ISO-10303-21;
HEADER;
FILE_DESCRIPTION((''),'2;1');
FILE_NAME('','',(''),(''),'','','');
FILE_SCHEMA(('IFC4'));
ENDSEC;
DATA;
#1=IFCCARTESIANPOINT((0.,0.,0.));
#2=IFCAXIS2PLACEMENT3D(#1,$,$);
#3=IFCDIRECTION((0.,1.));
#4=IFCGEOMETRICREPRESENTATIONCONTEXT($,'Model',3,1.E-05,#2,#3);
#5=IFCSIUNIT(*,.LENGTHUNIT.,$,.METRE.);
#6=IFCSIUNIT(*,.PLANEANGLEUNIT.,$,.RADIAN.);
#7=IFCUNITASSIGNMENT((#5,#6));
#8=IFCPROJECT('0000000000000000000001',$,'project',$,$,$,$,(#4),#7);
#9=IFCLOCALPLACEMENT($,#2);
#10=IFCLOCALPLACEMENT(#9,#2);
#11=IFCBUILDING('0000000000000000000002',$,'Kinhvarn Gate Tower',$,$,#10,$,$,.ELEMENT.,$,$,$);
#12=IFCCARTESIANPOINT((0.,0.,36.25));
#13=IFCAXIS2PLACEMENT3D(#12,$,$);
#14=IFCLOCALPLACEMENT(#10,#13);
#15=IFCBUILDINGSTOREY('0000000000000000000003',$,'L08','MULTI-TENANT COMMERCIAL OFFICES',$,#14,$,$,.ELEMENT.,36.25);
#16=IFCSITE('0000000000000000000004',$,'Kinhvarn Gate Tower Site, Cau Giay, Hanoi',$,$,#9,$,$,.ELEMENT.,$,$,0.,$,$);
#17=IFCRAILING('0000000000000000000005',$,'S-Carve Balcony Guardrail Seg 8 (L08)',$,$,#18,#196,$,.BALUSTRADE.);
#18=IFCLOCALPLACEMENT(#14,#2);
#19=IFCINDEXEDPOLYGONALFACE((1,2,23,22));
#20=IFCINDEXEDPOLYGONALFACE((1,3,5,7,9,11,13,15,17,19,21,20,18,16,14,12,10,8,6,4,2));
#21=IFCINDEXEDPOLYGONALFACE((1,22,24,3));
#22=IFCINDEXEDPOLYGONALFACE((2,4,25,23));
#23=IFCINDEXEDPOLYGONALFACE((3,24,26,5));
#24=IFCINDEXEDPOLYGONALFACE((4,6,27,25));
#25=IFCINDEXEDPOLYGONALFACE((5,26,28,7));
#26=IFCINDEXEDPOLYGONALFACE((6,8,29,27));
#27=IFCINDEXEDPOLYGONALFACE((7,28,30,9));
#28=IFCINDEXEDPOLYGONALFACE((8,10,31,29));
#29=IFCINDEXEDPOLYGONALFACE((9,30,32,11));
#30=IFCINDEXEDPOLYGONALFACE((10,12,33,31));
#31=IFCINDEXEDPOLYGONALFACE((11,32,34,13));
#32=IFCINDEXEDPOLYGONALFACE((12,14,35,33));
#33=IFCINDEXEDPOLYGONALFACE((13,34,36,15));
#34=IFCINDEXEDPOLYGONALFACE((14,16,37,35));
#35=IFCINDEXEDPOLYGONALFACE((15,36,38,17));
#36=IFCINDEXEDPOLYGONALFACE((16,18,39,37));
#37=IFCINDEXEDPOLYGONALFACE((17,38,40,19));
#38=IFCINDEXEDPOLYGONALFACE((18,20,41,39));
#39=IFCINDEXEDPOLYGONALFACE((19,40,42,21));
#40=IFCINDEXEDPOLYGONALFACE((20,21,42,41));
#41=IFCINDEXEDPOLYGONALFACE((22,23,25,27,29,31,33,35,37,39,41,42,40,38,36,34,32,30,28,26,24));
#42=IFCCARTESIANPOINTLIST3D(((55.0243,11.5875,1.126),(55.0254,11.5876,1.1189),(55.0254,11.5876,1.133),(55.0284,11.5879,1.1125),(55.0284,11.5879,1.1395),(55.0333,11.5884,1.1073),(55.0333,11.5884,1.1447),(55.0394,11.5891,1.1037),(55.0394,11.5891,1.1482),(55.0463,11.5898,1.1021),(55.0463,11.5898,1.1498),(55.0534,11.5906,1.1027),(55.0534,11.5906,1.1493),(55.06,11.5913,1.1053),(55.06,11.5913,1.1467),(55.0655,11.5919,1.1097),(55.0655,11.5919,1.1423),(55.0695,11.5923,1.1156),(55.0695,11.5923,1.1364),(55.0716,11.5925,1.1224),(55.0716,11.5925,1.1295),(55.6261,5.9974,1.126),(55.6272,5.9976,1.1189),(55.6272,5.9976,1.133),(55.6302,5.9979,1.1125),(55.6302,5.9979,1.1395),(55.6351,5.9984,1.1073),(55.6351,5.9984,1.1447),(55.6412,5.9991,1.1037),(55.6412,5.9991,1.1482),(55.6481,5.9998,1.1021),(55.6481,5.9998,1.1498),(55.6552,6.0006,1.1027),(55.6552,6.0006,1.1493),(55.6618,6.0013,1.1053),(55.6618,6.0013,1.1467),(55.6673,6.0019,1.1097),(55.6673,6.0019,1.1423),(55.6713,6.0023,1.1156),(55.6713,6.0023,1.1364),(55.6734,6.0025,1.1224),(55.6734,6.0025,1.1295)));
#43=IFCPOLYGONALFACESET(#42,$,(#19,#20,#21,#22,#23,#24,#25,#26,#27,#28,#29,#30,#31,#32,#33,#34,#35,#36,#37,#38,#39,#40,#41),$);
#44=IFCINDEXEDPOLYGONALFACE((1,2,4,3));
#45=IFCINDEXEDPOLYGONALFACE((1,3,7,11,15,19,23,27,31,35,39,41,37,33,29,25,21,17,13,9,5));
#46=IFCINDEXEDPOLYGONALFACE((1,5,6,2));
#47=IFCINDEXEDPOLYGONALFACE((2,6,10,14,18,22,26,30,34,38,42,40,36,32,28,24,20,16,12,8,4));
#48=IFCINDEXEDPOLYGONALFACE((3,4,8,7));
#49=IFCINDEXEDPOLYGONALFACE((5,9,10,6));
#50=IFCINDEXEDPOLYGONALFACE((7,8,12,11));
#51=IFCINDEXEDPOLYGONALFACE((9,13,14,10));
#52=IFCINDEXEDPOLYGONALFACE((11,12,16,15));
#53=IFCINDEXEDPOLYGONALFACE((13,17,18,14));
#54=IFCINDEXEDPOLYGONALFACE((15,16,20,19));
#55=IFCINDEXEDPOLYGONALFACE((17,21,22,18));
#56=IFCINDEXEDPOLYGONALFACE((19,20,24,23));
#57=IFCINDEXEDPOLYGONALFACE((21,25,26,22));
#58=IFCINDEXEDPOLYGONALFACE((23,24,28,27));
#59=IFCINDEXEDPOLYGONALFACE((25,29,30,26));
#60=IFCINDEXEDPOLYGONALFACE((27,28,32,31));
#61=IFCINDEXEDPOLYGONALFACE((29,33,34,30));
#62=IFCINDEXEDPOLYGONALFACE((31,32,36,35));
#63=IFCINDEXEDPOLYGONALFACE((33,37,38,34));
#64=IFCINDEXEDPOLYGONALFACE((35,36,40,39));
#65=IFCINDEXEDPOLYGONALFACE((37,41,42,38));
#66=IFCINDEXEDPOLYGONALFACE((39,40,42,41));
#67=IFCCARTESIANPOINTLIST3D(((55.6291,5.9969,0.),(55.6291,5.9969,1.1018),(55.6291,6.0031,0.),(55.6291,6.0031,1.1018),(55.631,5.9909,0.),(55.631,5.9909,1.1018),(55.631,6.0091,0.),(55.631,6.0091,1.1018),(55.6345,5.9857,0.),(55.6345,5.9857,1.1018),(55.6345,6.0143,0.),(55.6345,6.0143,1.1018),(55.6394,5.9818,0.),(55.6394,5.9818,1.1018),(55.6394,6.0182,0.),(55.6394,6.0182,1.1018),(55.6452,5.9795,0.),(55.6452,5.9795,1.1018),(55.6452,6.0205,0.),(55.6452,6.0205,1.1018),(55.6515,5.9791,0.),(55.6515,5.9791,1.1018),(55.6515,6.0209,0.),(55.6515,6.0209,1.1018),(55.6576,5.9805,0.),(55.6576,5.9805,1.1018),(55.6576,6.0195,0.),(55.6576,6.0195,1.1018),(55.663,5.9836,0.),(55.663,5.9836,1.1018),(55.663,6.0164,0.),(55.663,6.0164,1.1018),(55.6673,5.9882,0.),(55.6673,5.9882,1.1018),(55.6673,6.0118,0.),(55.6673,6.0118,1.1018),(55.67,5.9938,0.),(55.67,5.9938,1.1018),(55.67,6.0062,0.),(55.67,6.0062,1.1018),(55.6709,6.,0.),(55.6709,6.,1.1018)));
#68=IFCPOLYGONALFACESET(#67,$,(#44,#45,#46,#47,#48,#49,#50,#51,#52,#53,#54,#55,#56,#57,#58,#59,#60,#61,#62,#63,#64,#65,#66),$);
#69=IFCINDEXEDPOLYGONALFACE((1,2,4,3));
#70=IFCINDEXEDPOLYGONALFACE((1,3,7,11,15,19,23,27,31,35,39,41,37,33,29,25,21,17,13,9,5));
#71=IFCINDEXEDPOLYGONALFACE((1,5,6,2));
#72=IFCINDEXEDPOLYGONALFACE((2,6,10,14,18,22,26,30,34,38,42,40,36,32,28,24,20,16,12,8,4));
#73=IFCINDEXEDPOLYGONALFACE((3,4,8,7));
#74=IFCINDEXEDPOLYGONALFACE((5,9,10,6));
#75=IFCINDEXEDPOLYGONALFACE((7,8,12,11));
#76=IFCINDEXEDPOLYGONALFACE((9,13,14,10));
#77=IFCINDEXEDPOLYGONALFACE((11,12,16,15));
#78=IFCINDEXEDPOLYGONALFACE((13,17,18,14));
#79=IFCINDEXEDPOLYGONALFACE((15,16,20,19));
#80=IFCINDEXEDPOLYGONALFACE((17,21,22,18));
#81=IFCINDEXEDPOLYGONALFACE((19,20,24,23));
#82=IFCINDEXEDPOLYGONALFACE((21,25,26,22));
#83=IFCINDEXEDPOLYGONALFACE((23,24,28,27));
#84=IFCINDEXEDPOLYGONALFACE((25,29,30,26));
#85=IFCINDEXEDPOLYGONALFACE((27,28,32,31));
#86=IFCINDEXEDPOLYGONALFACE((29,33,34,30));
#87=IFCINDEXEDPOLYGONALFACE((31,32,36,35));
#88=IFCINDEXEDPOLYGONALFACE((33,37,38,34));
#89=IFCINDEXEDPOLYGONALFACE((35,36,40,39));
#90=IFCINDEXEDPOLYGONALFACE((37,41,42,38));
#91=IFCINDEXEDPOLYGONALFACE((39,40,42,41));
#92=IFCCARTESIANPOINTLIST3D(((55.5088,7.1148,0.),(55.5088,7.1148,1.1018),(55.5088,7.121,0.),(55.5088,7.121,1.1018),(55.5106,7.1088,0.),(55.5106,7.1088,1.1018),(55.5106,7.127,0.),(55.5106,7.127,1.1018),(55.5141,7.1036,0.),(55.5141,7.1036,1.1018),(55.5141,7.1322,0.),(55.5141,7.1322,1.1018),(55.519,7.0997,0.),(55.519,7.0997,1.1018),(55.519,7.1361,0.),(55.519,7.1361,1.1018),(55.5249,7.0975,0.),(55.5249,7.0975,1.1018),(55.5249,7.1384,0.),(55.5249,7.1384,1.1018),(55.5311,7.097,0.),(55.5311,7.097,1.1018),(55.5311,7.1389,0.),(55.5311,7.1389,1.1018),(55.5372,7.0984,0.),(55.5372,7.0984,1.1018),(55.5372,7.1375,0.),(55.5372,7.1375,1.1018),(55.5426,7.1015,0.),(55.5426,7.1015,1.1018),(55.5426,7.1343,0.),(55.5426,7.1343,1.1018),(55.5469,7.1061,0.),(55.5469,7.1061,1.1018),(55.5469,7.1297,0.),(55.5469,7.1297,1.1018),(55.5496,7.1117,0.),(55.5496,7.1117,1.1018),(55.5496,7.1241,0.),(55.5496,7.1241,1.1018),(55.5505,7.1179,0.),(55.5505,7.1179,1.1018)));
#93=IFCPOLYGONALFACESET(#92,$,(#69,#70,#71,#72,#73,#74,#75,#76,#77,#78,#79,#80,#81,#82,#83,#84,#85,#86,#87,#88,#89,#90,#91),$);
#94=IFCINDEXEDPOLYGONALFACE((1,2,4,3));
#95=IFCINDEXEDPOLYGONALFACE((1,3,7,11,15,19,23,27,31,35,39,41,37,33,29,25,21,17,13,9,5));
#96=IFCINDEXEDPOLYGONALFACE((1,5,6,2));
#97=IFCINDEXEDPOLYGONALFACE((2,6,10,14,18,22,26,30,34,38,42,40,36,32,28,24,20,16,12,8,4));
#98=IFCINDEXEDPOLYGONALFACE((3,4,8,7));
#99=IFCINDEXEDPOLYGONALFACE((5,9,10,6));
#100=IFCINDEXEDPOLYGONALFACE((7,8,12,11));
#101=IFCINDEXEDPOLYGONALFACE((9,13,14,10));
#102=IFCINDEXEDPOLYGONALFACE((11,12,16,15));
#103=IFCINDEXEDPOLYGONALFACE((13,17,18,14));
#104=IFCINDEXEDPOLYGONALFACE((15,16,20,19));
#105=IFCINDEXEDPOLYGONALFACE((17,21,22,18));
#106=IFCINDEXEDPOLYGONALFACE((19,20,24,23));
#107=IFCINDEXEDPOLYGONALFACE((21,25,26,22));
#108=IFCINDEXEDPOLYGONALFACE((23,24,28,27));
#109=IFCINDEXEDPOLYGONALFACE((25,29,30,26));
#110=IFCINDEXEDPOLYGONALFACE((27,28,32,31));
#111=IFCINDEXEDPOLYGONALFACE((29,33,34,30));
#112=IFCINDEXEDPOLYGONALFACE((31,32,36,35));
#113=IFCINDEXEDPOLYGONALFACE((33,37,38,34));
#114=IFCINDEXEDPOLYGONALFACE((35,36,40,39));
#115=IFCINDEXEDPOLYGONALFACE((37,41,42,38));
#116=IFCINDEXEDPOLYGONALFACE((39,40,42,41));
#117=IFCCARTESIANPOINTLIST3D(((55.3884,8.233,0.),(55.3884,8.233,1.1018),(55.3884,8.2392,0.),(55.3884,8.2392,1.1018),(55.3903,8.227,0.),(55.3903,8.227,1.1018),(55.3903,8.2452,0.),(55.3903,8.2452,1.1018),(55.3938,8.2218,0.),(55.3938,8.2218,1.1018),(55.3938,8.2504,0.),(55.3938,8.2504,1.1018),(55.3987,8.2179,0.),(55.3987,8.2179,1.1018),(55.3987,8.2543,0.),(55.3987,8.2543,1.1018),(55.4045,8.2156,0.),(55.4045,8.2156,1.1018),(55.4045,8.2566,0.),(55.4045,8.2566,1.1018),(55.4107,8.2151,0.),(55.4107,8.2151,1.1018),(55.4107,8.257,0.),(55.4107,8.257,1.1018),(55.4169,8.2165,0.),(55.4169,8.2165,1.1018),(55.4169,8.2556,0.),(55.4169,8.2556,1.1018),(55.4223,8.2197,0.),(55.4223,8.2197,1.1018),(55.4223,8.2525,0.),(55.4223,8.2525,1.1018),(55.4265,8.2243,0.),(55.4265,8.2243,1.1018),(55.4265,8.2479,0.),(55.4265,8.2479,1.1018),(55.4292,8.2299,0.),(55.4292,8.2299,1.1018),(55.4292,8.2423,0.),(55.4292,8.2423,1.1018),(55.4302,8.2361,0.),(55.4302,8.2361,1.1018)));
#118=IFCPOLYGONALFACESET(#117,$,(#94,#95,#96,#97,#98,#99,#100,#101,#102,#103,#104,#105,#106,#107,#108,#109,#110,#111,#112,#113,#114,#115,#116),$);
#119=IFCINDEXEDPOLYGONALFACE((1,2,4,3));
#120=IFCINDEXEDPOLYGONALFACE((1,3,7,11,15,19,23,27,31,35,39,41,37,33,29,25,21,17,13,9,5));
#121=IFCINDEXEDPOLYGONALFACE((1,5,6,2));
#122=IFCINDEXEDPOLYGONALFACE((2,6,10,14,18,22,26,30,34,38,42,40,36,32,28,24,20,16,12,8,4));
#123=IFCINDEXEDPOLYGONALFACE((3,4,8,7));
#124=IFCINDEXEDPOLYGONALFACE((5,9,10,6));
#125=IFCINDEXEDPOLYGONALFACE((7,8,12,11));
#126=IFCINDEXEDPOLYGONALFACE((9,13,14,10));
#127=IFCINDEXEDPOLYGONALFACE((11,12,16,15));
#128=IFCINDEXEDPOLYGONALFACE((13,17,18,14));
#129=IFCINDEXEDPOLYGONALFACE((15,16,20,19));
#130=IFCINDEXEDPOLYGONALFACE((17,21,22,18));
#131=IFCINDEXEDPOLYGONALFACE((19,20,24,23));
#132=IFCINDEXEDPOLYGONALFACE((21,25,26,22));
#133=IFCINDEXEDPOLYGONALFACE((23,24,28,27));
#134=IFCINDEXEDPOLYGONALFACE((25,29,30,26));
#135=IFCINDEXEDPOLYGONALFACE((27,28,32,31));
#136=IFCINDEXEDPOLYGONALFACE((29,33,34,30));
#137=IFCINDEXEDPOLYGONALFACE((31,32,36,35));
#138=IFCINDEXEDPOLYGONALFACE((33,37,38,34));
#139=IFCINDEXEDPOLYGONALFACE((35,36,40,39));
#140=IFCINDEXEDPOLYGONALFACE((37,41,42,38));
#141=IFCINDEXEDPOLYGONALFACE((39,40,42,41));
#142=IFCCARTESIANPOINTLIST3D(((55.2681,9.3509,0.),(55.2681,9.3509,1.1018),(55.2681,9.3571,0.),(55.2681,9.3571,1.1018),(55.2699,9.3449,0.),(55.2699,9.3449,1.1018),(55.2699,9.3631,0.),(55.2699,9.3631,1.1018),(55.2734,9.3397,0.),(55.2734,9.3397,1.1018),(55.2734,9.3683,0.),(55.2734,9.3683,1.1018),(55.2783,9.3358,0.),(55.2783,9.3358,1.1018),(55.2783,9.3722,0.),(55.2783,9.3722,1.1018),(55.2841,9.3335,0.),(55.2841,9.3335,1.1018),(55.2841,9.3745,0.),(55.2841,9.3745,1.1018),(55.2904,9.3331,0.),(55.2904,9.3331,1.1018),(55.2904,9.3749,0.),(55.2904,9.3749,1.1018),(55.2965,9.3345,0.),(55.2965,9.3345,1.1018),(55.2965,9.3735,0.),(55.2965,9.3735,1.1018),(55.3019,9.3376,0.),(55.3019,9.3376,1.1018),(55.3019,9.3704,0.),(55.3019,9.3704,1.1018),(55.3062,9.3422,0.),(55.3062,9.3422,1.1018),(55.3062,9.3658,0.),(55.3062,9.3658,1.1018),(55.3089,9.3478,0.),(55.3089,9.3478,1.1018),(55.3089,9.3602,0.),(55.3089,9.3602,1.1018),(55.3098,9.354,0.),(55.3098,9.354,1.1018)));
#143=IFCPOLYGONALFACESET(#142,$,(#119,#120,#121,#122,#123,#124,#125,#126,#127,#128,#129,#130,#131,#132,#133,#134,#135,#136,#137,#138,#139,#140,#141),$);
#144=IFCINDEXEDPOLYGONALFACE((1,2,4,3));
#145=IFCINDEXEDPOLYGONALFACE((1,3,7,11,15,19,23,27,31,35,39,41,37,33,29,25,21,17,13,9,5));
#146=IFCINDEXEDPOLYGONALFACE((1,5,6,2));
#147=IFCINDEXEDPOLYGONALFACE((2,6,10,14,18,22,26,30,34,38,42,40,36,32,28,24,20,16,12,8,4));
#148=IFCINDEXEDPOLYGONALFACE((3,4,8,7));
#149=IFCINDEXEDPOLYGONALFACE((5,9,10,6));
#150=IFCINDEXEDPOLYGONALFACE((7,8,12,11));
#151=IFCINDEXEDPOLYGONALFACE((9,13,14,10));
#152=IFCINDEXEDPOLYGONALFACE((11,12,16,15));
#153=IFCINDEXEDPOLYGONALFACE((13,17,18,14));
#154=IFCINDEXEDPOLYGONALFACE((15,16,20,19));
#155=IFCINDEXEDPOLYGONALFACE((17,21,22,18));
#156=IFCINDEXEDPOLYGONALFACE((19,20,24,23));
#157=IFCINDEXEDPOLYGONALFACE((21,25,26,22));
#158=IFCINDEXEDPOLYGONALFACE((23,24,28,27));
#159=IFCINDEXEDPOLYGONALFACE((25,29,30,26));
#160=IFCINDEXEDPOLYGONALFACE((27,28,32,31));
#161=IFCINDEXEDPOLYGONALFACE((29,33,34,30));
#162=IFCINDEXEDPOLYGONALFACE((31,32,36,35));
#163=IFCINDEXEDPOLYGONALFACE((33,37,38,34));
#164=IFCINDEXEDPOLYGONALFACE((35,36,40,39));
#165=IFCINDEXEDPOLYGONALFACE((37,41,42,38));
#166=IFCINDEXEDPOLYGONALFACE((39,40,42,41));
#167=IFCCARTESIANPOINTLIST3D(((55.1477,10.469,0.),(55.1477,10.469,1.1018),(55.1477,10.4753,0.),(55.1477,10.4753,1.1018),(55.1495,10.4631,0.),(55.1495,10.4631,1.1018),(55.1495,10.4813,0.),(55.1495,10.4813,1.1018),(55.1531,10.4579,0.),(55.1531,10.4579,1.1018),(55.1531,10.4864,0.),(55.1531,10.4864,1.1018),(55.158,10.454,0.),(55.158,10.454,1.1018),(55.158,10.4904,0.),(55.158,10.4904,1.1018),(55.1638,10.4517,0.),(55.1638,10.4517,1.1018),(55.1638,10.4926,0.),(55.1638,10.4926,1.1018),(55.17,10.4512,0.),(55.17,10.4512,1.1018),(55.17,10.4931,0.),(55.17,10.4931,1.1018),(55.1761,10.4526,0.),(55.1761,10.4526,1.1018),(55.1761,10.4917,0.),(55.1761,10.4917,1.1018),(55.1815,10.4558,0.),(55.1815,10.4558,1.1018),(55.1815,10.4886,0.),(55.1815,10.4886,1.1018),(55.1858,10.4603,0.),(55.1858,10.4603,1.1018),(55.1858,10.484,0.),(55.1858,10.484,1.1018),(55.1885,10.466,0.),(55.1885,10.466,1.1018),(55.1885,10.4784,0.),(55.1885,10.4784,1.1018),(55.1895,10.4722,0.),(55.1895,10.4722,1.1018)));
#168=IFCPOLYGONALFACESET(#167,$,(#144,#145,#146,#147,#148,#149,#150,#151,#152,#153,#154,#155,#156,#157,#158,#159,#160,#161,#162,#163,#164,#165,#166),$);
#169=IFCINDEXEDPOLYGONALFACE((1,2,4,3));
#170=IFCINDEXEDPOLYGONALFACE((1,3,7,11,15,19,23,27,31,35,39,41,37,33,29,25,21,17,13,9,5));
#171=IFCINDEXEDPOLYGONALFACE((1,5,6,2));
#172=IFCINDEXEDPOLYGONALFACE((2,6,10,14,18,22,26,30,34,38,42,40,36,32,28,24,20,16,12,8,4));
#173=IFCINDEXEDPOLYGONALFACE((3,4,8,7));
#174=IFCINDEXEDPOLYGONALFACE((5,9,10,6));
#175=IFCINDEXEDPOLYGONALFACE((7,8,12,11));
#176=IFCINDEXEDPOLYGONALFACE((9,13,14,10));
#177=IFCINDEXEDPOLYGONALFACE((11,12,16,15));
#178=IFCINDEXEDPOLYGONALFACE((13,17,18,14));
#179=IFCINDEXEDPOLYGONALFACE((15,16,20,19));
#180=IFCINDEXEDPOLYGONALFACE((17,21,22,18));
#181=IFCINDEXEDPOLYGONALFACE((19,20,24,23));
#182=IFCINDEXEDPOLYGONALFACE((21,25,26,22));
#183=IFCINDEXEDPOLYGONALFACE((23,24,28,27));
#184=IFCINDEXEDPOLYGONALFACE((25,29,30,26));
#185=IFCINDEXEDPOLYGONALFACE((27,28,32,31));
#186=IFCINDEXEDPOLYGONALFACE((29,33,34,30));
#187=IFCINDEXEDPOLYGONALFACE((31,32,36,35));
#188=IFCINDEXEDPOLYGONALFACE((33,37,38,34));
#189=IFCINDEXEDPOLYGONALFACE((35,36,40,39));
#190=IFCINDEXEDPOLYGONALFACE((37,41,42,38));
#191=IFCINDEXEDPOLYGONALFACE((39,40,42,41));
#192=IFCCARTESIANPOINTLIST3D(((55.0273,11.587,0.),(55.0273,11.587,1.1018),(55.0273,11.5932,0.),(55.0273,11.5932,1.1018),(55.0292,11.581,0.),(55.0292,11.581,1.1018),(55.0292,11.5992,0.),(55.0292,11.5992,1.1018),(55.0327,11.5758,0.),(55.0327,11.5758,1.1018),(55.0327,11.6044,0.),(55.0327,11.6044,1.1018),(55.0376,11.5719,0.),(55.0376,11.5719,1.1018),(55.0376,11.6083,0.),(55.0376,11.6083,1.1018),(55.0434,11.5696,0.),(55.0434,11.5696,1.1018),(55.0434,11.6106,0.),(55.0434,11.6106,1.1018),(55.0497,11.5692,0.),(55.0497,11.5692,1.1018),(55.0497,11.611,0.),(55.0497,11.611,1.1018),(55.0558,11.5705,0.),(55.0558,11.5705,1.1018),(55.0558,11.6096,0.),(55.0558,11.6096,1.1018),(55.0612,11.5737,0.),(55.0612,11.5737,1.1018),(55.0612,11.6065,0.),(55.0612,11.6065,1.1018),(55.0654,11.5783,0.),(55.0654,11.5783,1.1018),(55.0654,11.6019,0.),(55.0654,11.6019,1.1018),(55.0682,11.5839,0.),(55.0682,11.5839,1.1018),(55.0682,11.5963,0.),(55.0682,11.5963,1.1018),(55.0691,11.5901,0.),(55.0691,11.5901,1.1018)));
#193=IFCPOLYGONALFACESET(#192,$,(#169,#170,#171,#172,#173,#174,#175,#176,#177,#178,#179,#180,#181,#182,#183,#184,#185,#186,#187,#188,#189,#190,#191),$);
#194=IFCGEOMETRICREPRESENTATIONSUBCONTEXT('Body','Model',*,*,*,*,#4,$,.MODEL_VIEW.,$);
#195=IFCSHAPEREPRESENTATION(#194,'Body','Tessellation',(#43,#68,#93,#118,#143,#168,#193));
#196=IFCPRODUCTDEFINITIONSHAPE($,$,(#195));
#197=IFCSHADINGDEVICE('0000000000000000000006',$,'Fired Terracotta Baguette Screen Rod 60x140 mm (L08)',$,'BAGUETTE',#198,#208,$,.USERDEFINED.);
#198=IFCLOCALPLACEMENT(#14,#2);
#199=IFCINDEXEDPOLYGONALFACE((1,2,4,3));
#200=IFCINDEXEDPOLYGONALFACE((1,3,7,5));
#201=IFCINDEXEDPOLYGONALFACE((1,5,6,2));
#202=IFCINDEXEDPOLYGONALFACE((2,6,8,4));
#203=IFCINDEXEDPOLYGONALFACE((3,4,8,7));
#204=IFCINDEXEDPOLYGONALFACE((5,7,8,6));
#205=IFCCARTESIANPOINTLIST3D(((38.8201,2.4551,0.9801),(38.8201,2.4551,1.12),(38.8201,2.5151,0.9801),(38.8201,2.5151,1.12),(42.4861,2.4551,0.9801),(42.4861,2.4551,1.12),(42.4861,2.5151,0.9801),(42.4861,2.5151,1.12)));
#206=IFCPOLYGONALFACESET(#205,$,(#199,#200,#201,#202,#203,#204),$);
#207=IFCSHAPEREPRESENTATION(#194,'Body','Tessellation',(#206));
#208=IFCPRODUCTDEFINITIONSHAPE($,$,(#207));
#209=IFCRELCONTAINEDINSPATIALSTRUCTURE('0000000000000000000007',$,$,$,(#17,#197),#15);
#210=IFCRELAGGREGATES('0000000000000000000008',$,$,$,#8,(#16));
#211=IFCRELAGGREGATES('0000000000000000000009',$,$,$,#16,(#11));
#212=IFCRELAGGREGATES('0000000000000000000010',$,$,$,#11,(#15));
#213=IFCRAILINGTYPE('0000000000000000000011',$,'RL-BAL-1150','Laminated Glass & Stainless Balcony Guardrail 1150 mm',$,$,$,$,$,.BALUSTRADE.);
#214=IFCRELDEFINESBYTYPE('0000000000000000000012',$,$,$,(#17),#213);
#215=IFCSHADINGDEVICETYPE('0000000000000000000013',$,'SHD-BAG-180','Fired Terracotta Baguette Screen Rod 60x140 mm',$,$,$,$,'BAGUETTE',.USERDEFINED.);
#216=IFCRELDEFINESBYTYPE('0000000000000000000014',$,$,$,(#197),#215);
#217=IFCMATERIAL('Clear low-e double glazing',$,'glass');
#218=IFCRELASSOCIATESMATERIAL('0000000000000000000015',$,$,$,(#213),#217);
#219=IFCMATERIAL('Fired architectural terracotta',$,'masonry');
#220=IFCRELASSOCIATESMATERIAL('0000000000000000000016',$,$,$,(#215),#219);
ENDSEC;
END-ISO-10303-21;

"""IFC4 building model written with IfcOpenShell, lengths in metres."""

from ifc_helpers import new_model, si_unit, direction, frame, origin, origin_2d, place, context, subcontext, project, spatial, rectangle, circle, extrude, material, material_profile, profile_set, type_object, element, save


model = new_model("IFC4")

# Units and contexts
model_context = context("Model", 3, precision=1e-05, world=origin(), true_north=direction((0.0, 1.0)))
body_context = subcontext(model_context, "Body", "Model", "MODEL_VIEW")
ifc_project = project(units=[si_unit("LENGTHUNIT", "METRE"), si_unit("PLANEANGLEUNIT", "RADIAN")], contexts=[model_context])

# Site, building, storey
site_placement = place(None, origin())
site = spatial("IfcSite", under=ifc_project, at=site_placement, Name="Kinhvarn Gate Tower Site, Cau Giay, Hanoi", CompositionType="ELEMENT", RefElevation=0.0)
building_placement = place(site_placement, origin())
building = spatial("IfcBuilding", under=site, at=building_placement, Name="Kinhvarn Gate Tower", CompositionType="ELEMENT")
storey_placement = place(building_placement, frame((0.0, 0.0, 36.25)))
storey = spatial("IfcBuildingStorey", under=building, at=storey_placement, Name="L08", Description="MULTI-TENANT COMMERCIAL OFFICES", CompositionType="ELEMENT", Elevation=36.25)

# Shared definitions
ifc_material_1 = material(Name="Clear low-e double glazing", Category="glass")

# Shared definitions
ifc_material_2 = material(Name="Fired architectural terracotta", Category="masonry")

# Railing
railing_type = type_object("IfcRailingType", Name="RL-BAL-1150", Description="Laminated Glass & Stainless Balcony Guardrail 1150 mm", PredefinedType="BALUSTRADE", material=ifc_material_1)
railing_1_placement = place(storey_placement, frame((55.6499, 6.0, 0.0)))
element("IfcRailing", 1, at=railing_1_placement, inside=storey, type_object=railing_type, Name="S-Carve Balcony Guardrail Seg 8 (L08)", PredefinedType="BALUSTRADE", context=body_context, shape_type="SweptSolid", body=[
    extrude(circle(Radius=0.0239, at=origin_2d()), frame((0.0, 0.0, 1.126), z_axis=(-0.107038, 0.994255, 0.0), x_axis=(-0.994255, -0.107038, 0.0)), (0.0, 0.0, 1.0), 5.6223),
    extrude(circle(Radius=0.021, at=origin_2d()), origin(), (0.0, 0.0, 1.0), 1.1018),
    extrude(circle(Radius=0.021, at=origin_2d()), frame((-0.1204, 1.1179, 0.0)), (0.0, 0.0, 1.0), 1.1018),
    extrude(circle(Radius=0.021, at=origin_2d()), frame((-0.2407, 2.2361, 0.0)), (0.0, 0.0, 1.0), 1.1018),
    extrude(circle(Radius=0.021, at=origin_2d()), frame((-0.3611, 3.354, 0.0)), (0.0, 0.0, 1.0), 1.1018),
    extrude(circle(Radius=0.021, at=origin_2d()), frame((-0.4814, 4.4722, 0.0)), (0.0, 0.0, 1.0), 1.1018),
    extrude(circle(Radius=0.021, at=origin_2d()), frame((-0.6018, 5.5901, 0.0)), (0.0, 0.0, 1.0), 1.1018),
])

# Shading device
ifc_material_profile_1 = material_profile(ifc_material_2, rectangle(XDim=0.0601, YDim=0.1399, at=origin_2d()), Name="TC 60x140")
ifc_profile_set_1 = profile_set([ifc_material_profile_1], Name="Fired architectural terracotta")
shading_device_type = type_object("IfcShadingDeviceType", Name="SHD-BAG-180", Description="Fired Terracotta Baguette Screen Rod 60x140 mm", ElementType="BAGUETTE", PredefinedType="USERDEFINED", material=ifc_profile_set_1)
for number, where, z_axis, x_axis, name in (
    (2, (38.8201, 2.4851, 1.05), (1.0, 0.0, 0.0), (0.0, 1.0, 0.0), "Fired Terracotta Baguette Screen Rod 60x140 mm (L08)"),
):
    element("IfcShadingDevice", number, at=place(storey_placement, frame(where, z_axis=z_axis, x_axis=x_axis)), inside=storey, type_object=shading_device_type, Name=name, ObjectType="BAGUETTE", PredefinedType="USERDEFINED", context=body_context, shape_type="SweptSolid", body=[
        extrude(rectangle(XDim=0.0601, YDim=0.1399, at=origin_2d()), origin(), (0.0, 0.0, 1.0), 3.666),
    ])

save(model, "model.ifc")
